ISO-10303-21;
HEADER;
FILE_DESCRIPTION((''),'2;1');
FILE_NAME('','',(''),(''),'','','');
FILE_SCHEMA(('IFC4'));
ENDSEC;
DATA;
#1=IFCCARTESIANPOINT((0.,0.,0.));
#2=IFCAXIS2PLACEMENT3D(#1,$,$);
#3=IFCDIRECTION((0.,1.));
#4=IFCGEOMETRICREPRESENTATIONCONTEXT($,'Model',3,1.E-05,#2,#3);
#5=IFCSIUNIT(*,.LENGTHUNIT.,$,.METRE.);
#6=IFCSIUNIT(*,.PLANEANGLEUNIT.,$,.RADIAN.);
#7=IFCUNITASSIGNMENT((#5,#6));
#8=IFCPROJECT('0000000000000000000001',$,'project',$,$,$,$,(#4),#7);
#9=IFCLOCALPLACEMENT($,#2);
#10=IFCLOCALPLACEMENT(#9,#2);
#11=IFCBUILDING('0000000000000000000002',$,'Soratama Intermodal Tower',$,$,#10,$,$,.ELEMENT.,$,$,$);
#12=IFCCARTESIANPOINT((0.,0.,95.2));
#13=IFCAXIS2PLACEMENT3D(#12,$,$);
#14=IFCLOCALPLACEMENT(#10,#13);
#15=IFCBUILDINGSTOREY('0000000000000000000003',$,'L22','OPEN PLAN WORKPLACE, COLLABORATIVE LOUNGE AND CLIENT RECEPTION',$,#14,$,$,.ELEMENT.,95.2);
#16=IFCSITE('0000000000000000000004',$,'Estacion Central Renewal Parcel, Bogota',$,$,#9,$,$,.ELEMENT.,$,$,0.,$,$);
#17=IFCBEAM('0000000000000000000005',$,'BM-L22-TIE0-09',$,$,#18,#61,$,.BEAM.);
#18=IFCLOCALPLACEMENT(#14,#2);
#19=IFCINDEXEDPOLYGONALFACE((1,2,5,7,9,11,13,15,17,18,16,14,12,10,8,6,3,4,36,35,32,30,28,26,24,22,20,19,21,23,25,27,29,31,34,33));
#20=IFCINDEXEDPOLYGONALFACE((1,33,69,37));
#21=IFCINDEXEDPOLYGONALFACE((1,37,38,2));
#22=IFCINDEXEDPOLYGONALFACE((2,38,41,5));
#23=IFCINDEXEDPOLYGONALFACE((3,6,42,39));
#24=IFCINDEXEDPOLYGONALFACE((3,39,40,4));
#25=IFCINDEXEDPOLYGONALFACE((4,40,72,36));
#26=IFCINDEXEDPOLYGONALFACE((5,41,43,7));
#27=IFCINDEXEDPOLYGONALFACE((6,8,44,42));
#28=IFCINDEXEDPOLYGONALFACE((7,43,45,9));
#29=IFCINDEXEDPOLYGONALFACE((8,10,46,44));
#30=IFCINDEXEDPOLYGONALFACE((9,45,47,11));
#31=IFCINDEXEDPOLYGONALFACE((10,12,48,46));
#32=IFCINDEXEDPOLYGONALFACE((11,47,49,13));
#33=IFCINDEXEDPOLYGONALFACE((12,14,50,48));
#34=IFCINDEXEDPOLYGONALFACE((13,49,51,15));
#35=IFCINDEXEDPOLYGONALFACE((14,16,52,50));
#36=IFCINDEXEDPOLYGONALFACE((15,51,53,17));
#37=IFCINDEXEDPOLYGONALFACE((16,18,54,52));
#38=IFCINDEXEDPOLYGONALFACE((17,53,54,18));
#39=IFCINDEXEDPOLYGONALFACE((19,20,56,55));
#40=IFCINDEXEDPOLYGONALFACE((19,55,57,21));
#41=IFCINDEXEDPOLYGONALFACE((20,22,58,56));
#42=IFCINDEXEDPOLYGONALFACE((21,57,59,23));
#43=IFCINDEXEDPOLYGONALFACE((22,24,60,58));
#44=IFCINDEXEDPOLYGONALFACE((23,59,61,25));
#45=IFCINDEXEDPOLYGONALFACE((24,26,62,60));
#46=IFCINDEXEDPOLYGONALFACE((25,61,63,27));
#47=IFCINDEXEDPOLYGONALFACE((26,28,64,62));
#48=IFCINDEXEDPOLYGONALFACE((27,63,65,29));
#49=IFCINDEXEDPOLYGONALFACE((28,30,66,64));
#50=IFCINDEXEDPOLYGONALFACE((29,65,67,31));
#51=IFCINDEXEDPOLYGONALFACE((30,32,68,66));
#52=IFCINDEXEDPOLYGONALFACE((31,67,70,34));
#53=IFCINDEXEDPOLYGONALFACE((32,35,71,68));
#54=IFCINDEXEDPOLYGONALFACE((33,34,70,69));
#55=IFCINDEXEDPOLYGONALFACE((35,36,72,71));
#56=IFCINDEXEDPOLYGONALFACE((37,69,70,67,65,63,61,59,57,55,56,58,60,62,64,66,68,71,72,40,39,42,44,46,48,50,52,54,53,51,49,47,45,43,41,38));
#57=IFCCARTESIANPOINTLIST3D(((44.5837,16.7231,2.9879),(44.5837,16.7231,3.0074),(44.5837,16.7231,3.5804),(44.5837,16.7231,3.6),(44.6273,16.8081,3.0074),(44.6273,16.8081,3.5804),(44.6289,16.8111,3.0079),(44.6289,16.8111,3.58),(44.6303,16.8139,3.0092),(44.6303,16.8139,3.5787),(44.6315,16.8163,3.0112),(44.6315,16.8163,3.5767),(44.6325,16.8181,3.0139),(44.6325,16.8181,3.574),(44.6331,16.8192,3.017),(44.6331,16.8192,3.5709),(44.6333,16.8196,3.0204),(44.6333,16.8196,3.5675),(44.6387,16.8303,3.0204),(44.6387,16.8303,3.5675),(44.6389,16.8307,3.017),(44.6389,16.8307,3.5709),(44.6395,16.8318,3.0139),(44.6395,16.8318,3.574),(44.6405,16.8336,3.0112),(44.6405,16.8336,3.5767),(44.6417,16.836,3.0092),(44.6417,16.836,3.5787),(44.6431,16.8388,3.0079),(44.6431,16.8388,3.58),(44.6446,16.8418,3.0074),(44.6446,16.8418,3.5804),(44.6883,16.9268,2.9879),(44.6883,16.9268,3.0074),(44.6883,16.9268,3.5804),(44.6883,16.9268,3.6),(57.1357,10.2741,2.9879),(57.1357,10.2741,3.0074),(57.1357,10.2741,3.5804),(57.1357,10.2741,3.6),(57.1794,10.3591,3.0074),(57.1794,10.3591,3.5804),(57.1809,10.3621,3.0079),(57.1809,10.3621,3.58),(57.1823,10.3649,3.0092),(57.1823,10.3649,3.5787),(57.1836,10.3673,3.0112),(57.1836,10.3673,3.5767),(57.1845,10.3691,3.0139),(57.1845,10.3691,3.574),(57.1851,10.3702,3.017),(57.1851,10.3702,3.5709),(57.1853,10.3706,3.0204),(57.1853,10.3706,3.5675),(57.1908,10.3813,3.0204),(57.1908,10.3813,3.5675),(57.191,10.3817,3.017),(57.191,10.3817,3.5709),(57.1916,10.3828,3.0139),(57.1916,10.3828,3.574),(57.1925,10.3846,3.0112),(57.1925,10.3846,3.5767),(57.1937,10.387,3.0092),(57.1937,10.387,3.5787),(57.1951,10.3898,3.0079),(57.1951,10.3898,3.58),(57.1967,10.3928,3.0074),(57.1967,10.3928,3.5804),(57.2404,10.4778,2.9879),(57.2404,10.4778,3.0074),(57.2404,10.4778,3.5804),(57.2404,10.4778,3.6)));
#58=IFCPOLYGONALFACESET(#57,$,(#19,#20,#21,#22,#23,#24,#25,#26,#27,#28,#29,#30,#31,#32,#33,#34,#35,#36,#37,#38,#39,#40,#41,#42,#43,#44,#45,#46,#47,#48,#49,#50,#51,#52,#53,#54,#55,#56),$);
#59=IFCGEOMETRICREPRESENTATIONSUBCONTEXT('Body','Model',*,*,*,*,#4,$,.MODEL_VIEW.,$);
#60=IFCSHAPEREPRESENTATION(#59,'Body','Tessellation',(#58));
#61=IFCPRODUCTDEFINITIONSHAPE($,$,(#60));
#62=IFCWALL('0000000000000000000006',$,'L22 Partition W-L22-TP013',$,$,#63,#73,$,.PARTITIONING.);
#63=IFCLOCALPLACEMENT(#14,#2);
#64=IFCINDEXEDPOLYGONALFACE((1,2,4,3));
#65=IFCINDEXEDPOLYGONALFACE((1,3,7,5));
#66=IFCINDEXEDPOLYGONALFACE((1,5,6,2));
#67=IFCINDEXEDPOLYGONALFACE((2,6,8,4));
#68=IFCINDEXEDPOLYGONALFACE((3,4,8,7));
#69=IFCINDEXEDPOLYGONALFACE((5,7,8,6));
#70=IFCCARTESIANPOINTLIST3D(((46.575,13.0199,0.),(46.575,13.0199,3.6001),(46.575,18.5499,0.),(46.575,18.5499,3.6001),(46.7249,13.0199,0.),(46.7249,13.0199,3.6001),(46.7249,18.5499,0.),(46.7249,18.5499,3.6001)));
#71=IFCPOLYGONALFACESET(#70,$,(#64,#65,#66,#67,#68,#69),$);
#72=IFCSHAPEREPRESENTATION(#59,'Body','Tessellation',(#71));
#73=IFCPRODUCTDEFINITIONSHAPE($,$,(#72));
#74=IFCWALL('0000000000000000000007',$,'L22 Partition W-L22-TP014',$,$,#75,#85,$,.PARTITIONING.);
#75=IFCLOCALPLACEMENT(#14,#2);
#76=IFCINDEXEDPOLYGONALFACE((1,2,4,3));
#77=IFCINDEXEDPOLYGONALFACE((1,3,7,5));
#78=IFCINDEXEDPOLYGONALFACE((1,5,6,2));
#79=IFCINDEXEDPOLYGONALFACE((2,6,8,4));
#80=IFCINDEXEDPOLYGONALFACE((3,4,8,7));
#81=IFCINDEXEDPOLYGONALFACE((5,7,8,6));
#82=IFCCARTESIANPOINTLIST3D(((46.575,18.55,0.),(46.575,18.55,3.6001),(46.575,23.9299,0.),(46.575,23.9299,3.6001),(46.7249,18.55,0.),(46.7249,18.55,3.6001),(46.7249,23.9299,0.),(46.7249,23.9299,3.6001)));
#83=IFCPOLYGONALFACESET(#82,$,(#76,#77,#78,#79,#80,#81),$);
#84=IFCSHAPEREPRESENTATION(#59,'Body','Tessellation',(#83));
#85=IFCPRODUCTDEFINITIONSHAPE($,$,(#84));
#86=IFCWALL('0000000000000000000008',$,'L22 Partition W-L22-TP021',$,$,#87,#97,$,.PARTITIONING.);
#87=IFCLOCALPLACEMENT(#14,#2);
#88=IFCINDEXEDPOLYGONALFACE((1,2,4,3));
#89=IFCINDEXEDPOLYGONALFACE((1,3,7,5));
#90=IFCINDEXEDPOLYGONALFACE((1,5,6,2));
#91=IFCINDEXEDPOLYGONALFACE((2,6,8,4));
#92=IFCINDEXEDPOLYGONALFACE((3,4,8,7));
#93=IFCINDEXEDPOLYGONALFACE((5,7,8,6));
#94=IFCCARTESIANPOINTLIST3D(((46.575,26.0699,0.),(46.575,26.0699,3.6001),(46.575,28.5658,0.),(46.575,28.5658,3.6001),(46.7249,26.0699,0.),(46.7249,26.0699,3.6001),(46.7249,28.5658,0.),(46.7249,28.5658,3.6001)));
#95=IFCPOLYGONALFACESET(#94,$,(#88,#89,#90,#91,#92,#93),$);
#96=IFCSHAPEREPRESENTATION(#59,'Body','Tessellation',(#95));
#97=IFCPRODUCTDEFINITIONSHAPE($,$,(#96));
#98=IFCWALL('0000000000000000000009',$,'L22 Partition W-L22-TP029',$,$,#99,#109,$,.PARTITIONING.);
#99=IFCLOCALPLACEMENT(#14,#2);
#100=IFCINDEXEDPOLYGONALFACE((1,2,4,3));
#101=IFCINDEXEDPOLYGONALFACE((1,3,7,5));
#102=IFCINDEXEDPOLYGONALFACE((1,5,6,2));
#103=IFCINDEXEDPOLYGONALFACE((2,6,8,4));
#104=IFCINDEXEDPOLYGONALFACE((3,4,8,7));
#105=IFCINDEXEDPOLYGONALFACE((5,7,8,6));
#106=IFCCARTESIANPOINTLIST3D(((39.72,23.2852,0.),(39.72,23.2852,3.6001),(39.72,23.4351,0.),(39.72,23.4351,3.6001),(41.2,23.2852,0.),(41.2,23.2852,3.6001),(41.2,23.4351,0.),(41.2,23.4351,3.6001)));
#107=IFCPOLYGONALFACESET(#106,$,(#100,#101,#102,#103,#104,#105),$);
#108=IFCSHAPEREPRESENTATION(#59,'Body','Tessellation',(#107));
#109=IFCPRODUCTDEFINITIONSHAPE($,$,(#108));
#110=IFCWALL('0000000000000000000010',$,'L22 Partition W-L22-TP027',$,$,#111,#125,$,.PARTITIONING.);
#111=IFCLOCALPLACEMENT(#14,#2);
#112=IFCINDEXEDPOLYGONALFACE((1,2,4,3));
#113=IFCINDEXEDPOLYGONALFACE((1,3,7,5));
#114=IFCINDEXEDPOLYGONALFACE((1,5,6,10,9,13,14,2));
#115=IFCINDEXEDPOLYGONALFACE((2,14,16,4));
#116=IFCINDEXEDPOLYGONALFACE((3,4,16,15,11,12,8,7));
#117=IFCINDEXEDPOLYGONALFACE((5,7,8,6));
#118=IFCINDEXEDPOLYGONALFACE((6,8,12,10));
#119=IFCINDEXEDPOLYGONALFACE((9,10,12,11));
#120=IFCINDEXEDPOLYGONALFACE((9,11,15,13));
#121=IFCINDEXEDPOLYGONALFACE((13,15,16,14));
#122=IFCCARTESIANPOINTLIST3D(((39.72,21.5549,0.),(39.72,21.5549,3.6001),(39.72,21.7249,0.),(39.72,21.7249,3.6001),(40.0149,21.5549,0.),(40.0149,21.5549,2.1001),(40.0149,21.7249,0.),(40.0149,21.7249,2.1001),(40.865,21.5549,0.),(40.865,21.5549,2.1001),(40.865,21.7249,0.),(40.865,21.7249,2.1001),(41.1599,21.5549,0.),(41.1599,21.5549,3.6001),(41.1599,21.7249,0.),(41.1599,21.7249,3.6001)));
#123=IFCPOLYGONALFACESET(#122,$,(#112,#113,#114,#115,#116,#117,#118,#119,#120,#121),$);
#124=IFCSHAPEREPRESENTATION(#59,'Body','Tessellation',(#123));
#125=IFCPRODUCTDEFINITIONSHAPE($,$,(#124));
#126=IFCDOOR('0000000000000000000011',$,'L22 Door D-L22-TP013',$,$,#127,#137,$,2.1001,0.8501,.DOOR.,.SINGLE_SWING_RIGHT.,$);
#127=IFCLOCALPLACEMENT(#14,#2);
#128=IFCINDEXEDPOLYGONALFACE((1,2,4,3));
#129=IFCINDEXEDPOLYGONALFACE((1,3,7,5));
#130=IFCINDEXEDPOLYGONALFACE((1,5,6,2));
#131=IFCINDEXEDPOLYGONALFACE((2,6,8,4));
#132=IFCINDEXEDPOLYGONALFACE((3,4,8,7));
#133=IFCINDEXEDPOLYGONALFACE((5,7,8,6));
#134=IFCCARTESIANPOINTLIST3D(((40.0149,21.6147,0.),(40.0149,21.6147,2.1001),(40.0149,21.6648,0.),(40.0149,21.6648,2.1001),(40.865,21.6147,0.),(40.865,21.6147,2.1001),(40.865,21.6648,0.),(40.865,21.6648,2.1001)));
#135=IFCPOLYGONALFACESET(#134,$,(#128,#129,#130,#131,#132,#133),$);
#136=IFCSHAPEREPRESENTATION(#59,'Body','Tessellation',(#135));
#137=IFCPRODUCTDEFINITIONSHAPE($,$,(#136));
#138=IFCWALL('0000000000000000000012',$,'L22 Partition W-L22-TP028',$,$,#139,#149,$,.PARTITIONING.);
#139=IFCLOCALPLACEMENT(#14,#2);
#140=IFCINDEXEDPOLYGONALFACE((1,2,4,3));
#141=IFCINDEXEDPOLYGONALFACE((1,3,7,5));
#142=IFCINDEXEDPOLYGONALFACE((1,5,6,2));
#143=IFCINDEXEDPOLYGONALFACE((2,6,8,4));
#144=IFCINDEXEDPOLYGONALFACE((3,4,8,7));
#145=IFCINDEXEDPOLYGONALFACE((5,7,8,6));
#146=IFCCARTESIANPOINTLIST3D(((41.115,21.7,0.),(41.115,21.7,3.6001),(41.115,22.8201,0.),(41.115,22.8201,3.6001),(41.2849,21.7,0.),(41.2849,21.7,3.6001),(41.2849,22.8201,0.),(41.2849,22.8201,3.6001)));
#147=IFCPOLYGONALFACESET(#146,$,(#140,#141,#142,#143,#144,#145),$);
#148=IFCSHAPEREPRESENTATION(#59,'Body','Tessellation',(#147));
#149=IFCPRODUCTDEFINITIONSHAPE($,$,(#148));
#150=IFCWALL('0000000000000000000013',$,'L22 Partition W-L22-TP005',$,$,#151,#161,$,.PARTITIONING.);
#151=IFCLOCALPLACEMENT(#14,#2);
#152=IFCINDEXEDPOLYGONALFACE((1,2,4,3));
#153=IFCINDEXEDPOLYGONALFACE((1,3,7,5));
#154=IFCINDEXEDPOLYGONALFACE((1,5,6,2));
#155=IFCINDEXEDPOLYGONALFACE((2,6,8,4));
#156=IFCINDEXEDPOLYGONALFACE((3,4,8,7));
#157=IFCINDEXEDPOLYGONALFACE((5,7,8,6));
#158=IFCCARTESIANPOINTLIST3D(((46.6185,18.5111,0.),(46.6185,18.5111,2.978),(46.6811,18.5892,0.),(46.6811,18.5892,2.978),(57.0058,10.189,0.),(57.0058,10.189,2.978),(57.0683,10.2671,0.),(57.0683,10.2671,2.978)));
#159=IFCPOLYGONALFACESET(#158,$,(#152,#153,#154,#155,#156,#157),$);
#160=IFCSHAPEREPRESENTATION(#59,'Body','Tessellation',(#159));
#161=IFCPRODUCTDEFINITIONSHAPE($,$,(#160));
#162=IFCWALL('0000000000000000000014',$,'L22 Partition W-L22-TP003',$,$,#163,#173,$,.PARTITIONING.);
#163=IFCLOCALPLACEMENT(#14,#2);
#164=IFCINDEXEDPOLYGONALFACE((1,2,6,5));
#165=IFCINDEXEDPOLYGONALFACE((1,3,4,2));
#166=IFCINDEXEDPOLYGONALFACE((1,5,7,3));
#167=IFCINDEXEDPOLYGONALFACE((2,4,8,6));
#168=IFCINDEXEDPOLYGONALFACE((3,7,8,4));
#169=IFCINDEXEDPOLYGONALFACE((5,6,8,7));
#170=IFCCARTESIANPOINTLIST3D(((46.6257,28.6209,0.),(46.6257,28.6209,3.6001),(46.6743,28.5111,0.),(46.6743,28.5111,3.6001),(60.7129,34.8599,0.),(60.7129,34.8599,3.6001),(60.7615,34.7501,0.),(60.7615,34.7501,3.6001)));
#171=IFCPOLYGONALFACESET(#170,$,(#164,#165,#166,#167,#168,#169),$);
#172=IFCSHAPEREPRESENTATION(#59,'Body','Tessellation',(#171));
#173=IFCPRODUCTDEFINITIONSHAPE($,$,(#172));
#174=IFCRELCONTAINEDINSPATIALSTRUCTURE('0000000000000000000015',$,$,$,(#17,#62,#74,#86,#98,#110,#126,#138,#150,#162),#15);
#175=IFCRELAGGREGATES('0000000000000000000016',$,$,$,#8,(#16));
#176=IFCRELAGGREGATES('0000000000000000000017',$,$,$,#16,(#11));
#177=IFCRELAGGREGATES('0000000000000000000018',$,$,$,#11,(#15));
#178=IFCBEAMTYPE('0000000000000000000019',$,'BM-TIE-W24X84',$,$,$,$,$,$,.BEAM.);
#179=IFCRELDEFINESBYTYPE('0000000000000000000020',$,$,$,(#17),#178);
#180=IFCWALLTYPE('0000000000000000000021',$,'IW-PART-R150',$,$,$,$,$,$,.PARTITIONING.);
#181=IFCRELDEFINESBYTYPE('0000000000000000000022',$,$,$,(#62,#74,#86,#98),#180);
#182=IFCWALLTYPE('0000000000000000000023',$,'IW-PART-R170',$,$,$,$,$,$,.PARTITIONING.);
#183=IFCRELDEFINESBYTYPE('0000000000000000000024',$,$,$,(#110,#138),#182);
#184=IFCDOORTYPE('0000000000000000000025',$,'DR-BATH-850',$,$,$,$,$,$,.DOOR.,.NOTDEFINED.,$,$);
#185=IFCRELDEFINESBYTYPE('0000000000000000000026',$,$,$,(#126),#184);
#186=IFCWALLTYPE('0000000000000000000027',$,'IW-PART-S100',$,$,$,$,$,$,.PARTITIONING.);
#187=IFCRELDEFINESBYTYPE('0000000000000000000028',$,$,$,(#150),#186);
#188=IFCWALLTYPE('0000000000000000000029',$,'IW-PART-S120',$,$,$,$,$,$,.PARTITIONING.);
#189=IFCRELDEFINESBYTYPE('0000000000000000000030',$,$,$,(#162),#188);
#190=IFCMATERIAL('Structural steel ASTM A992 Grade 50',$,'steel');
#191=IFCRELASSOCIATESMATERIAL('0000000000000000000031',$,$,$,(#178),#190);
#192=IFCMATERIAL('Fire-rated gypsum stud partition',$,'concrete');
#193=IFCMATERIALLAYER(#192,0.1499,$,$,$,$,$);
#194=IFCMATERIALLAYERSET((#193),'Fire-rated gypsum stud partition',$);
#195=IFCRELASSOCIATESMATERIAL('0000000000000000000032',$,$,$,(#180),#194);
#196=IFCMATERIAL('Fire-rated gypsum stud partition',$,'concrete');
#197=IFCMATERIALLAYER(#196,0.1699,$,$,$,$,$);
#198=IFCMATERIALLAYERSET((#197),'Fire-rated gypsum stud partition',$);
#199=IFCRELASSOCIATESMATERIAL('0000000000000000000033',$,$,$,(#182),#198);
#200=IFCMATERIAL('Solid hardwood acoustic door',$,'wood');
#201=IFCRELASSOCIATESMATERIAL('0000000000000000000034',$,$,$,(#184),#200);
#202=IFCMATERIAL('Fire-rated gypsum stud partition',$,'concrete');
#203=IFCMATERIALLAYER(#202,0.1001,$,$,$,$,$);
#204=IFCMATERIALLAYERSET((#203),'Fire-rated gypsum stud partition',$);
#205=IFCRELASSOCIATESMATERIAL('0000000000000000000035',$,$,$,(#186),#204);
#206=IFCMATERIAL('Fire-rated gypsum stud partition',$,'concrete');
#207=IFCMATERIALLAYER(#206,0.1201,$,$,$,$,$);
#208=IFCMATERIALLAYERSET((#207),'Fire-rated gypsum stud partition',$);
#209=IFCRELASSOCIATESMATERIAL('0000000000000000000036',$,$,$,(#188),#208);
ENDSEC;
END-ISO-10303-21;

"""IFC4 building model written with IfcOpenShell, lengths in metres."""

from ifc_helpers import new_model, si_unit, direction, frame, frame_2d, origin, origin_2d, place, context, subcontext, project, spatial, rectangle, i_section, extrude, material, layer, layer_set, material_profile, profile_set, type_object, element, fill, save


model = new_model("IFC4")

# Units and contexts
model_context = context("Model", 3, precision=1e-05, world=origin(), true_north=direction((0.0, 1.0)))
body_context = subcontext(model_context, "Body", "Model", "MODEL_VIEW")
ifc_project = project(units=[si_unit("LENGTHUNIT", "METRE"), si_unit("PLANEANGLEUNIT", "RADIAN")], contexts=[model_context])

# Site, building, storey
site_placement = place(None, origin())
site = spatial("IfcSite", under=ifc_project, at=site_placement, Name="Estacion Central Renewal Parcel, Bogota", CompositionType="ELEMENT", RefElevation=0.0)
building_placement = place(site_placement, origin())
building = spatial("IfcBuilding", under=site, at=building_placement, Name="Soratama Intermodal Tower", CompositionType="ELEMENT")
storey_placement = place(building_placement, frame((0.0, 0.0, 95.2)))
storey = spatial("IfcBuildingStorey", under=building, at=storey_placement, Name="L22", Description="OPEN PLAN WORKPLACE, COLLABORATIVE LOUNGE AND CLIENT RECEPTION", CompositionType="ELEMENT", Elevation=95.2)

# Beam
ifc_material_1 = material(Name="Structural steel ASTM A992 Grade 50", Category="steel")
ifc_material_profile_1 = material_profile(ifc_material_1, i_section(OverallWidth=0.229, OverallDepth=0.6121, WebThickness=0.012, FlangeThickness=0.0195, FilletRadius=0.0129, at=origin_2d()), Name="W24X84")
ifc_profile_set_1 = profile_set([ifc_material_profile_1], Name="Structural steel ASTM A992 Grade 50")
beam_type_1 = type_object("IfcBeamType", Name="BM-TIE-W24X84", PredefinedType="BEAM", material=ifc_profile_set_1)
beam_1_placement = place(storey_placement, frame((44.636, 16.825, 3.2939), z_axis=(0.88947, -0.456993, 0.0), x_axis=(0.456993, 0.88947, 0.0)))
element("IfcBeam", 1, at=beam_1_placement, inside=storey, type_object=beam_type_1, Name="BM-L22-TIE0-09", PredefinedType="BEAM", context=body_context, shape_type="SweptSolid", body=[
    extrude(i_section(OverallWidth=0.229, OverallDepth=0.6121, WebThickness=0.012, FlangeThickness=0.0195, FilletRadius=0.0129, at=origin_2d()), origin(), (0.0, 0.0, 1.0), 14.1118),
])

# Walls
ifc_material_2 = material(Name="Fire-rated gypsum stud partition", Category="concrete")
ifc_layer_1 = layer(ifc_material_2, 0.1499)
ifc_layer_set_1 = layer_set([ifc_layer_1], Name="Fire-rated gypsum stud partition")
wall_type_1 = type_object("IfcWallType", Name="IW-PART-R150", PredefinedType="PARTITIONING", material=ifc_layer_set_1)
wall_1_placement = place(storey_placement, frame((46.6499, 18.55, 0.0), z_axis=(0.0, 0.0, 1.0), x_axis=(0.0, -1.0, 0.0)))
element("IfcWall", 2, at=wall_1_placement, inside=storey, type_object=wall_type_1, Name="L22 Partition W-L22-TP013", PredefinedType="PARTITIONING", context=body_context, shape_type="SweptSolid", body=[
    extrude(rectangle(XDim=5.53, YDim=0.1499, at=frame_2d((2.7651, 0.0))), origin(), (0.0, 0.0, 1.0), 3.6001),
])
wall_2_placement = place(storey_placement, frame((46.6499, 23.9299, 0.0), z_axis=(0.0, 0.0, 1.0), x_axis=(0.0, -1.0, 0.0)))
element("IfcWall", 3, at=wall_2_placement, inside=storey, type_object=wall_type_1, Name="L22 Partition W-L22-TP014", PredefinedType="PARTITIONING", context=body_context, shape_type="SweptSolid", body=[
    extrude(rectangle(XDim=5.3799, YDim=0.1499, at=frame_2d((2.6899, 0.0))), origin(), (0.0, 0.0, 1.0), 3.6001),
])
wall_3_placement = place(storey_placement, frame((46.6499, 28.5659, 0.0), z_axis=(0.0, 0.0, 1.0), x_axis=(0.0, -1.0, 0.0)))
element("IfcWall", 4, at=wall_3_placement, inside=storey, type_object=wall_type_1, Name="L22 Partition W-L22-TP021", PredefinedType="PARTITIONING", context=body_context, shape_type="SweptSolid", body=[
    extrude(rectangle(XDim=2.4958, YDim=0.1499, at=frame_2d((1.248, 0.0))), origin(), (0.0, 0.0, 1.0), 3.6001),
])
wall_4_placement = place(storey_placement, frame((41.2, 23.3601, 0.0), z_axis=(0.0, 0.0, 1.0), x_axis=(-1.0, 0.0, 0.0)))
element("IfcWall", 5, at=wall_4_placement, inside=storey, type_object=wall_type_1, Name="L22 Partition W-L22-TP029", PredefinedType="PARTITIONING", context=body_context, shape_type="SweptSolid", body=[
    extrude(rectangle(XDim=1.48, YDim=0.1499, at=frame_2d((0.74, 0.0))), origin(), (0.0, 0.0, 1.0), 3.6001),
])

# Wall, opening, door
ifc_material_3 = material(Name="Fire-rated gypsum stud partition", Category="concrete")
ifc_layer_2 = layer(ifc_material_3, 0.1699)
ifc_layer_set_2 = layer_set([ifc_layer_2], Name="Fire-rated gypsum stud partition")
wall_type_2 = type_object("IfcWallType", Name="IW-PART-R170", PredefinedType="PARTITIONING", material=ifc_layer_set_2)
wall_5_placement = place(storey_placement, frame((39.72, 21.6399, 0.0), z_axis=(0.0, 0.0, 1.0), x_axis=(1.0, 0.0, 0.0)))
wall_5 = element("IfcWall", 6, at=wall_5_placement, inside=storey, type_object=wall_type_2, Name="L22 Partition W-L22-TP027", PredefinedType="PARTITIONING", context=body_context, shape_type="SweptSolid", body=[
    extrude(rectangle(XDim=1.4399, YDim=0.1699, at=frame_2d((0.72, 0.0))), origin(), (0.0, 0.0, 1.0), 3.6001),
])
opening_1_placement = place(wall_5_placement, frame((0.2949, 0.0, 0.0)))
opening_1 = element("IfcOpeningElement", 7, at=opening_1_placement, cuts=wall_5, PredefinedType="OPENING", context=body_context, shape_type="SweptSolid", body=[
    extrude(rectangle(XDim=0.8501, YDim=2.1001, at=frame_2d((0.425, 1.05))), frame((0.0, 0.095, 0.0), z_axis=(0.0, -1.0, 0.0), x_axis=(1.0, 0.0, 0.0)), (0.0, 0.0, 1.0), 0.1899),
])
ifc_material_4 = material(Name="Solid hardwood acoustic door", Category="wood")
door_type_1 = type_object("IfcDoorType", Name="DR-BATH-850", OperationType="NOTDEFINED", PredefinedType="DOOR", material=ifc_material_4)
door_1_placement = place(opening_1_placement, origin())
door_1 = element("IfcDoor", 8, at=door_1_placement, inside=storey, type_object=door_type_1, Name="L22 Door D-L22-TP013", OperationType="SINGLE_SWING_RIGHT", OverallHeight=2.1001, OverallWidth=0.8501, PredefinedType="DOOR", context=body_context, shape_type="SweptSolid", body=[
    extrude(rectangle(XDim=0.8501, YDim=2.1001, at=frame_2d((0.425, 1.05))), frame((0.0, 0.0249, 0.0), z_axis=(0.0, -1.0, 0.0), x_axis=(1.0, 0.0, 0.0)), (0.0, 0.0, 1.0), 0.05),
])
fill(opening_1, door_1)

# Walls
wall_6_placement = place(storey_placement, frame((41.2, 21.7, 0.0), z_axis=(0.0, 0.0, 1.0), x_axis=(0.0, 1.0, 0.0)))
element("IfcWall", 9, at=wall_6_placement, inside=storey, type_object=wall_type_2, Name="L22 Partition W-L22-TP028", PredefinedType="PARTITIONING", context=body_context, shape_type="SweptSolid", body=[
    extrude(rectangle(XDim=1.1201, YDim=0.1699, at=frame_2d((0.5601, 0.0))), origin(), (0.0, 0.0, 1.0), 3.6001),
])
ifc_material_5 = material(Name="Fire-rated gypsum stud partition", Category="concrete")
ifc_layer_3 = layer(ifc_material_5, 0.1001)
ifc_layer_set_3 = layer_set([ifc_layer_3], Name="Fire-rated gypsum stud partition")
wall_type_3 = type_object("IfcWallType", Name="IW-PART-S100", PredefinedType="PARTITIONING", material=ifc_layer_set_3)
wall_7_placement = place(storey_placement, frame((46.6499, 18.55, 0.0), z_axis=(0.0, 0.0, 1.0), x_axis=(0.780419, -0.625256, 0.0)))
element("IfcWall", 10, at=wall_7_placement, inside=storey, type_object=wall_type_3, Name="L22 Partition W-L22-TP005", PredefinedType="PARTITIONING", context=body_context, shape_type="SweptSolid", body=[
    extrude(rectangle(XDim=13.3098, YDim=0.1001, at=frame_2d((6.6548, 0.0))), origin(), (0.0, 0.0, 1.0), 2.978),
])
ifc_material_6 = material(Name="Fire-rated gypsum stud partition", Category="concrete")
ifc_layer_4 = layer(ifc_material_6, 0.1201)
ifc_layer_set_4 = layer_set([ifc_layer_4], Name="Fire-rated gypsum stud partition")
wall_type_4 = type_object("IfcWallType", Name="IW-PART-S120", PredefinedType="PARTITIONING", material=ifc_layer_set_4)
wall_8_placement = place(storey_placement, frame((46.6499, 28.5659, 0.0), z_axis=(0.0, 0.0, 1.0), x_axis=(0.914339, 0.404949, 0.0)))
element("IfcWall", 11, at=wall_8_placement, inside=storey, type_object=wall_type_4, Name="L22 Partition W-L22-TP003", PredefinedType="PARTITIONING", context=body_context, shape_type="SweptSolid", body=[
    extrude(rectangle(XDim=15.407, YDim=0.1201, at=frame_2d((7.7036, 0.0))), origin(), (0.0, 0.0, 1.0), 3.6001),
])

save(model, "model.ifc")
